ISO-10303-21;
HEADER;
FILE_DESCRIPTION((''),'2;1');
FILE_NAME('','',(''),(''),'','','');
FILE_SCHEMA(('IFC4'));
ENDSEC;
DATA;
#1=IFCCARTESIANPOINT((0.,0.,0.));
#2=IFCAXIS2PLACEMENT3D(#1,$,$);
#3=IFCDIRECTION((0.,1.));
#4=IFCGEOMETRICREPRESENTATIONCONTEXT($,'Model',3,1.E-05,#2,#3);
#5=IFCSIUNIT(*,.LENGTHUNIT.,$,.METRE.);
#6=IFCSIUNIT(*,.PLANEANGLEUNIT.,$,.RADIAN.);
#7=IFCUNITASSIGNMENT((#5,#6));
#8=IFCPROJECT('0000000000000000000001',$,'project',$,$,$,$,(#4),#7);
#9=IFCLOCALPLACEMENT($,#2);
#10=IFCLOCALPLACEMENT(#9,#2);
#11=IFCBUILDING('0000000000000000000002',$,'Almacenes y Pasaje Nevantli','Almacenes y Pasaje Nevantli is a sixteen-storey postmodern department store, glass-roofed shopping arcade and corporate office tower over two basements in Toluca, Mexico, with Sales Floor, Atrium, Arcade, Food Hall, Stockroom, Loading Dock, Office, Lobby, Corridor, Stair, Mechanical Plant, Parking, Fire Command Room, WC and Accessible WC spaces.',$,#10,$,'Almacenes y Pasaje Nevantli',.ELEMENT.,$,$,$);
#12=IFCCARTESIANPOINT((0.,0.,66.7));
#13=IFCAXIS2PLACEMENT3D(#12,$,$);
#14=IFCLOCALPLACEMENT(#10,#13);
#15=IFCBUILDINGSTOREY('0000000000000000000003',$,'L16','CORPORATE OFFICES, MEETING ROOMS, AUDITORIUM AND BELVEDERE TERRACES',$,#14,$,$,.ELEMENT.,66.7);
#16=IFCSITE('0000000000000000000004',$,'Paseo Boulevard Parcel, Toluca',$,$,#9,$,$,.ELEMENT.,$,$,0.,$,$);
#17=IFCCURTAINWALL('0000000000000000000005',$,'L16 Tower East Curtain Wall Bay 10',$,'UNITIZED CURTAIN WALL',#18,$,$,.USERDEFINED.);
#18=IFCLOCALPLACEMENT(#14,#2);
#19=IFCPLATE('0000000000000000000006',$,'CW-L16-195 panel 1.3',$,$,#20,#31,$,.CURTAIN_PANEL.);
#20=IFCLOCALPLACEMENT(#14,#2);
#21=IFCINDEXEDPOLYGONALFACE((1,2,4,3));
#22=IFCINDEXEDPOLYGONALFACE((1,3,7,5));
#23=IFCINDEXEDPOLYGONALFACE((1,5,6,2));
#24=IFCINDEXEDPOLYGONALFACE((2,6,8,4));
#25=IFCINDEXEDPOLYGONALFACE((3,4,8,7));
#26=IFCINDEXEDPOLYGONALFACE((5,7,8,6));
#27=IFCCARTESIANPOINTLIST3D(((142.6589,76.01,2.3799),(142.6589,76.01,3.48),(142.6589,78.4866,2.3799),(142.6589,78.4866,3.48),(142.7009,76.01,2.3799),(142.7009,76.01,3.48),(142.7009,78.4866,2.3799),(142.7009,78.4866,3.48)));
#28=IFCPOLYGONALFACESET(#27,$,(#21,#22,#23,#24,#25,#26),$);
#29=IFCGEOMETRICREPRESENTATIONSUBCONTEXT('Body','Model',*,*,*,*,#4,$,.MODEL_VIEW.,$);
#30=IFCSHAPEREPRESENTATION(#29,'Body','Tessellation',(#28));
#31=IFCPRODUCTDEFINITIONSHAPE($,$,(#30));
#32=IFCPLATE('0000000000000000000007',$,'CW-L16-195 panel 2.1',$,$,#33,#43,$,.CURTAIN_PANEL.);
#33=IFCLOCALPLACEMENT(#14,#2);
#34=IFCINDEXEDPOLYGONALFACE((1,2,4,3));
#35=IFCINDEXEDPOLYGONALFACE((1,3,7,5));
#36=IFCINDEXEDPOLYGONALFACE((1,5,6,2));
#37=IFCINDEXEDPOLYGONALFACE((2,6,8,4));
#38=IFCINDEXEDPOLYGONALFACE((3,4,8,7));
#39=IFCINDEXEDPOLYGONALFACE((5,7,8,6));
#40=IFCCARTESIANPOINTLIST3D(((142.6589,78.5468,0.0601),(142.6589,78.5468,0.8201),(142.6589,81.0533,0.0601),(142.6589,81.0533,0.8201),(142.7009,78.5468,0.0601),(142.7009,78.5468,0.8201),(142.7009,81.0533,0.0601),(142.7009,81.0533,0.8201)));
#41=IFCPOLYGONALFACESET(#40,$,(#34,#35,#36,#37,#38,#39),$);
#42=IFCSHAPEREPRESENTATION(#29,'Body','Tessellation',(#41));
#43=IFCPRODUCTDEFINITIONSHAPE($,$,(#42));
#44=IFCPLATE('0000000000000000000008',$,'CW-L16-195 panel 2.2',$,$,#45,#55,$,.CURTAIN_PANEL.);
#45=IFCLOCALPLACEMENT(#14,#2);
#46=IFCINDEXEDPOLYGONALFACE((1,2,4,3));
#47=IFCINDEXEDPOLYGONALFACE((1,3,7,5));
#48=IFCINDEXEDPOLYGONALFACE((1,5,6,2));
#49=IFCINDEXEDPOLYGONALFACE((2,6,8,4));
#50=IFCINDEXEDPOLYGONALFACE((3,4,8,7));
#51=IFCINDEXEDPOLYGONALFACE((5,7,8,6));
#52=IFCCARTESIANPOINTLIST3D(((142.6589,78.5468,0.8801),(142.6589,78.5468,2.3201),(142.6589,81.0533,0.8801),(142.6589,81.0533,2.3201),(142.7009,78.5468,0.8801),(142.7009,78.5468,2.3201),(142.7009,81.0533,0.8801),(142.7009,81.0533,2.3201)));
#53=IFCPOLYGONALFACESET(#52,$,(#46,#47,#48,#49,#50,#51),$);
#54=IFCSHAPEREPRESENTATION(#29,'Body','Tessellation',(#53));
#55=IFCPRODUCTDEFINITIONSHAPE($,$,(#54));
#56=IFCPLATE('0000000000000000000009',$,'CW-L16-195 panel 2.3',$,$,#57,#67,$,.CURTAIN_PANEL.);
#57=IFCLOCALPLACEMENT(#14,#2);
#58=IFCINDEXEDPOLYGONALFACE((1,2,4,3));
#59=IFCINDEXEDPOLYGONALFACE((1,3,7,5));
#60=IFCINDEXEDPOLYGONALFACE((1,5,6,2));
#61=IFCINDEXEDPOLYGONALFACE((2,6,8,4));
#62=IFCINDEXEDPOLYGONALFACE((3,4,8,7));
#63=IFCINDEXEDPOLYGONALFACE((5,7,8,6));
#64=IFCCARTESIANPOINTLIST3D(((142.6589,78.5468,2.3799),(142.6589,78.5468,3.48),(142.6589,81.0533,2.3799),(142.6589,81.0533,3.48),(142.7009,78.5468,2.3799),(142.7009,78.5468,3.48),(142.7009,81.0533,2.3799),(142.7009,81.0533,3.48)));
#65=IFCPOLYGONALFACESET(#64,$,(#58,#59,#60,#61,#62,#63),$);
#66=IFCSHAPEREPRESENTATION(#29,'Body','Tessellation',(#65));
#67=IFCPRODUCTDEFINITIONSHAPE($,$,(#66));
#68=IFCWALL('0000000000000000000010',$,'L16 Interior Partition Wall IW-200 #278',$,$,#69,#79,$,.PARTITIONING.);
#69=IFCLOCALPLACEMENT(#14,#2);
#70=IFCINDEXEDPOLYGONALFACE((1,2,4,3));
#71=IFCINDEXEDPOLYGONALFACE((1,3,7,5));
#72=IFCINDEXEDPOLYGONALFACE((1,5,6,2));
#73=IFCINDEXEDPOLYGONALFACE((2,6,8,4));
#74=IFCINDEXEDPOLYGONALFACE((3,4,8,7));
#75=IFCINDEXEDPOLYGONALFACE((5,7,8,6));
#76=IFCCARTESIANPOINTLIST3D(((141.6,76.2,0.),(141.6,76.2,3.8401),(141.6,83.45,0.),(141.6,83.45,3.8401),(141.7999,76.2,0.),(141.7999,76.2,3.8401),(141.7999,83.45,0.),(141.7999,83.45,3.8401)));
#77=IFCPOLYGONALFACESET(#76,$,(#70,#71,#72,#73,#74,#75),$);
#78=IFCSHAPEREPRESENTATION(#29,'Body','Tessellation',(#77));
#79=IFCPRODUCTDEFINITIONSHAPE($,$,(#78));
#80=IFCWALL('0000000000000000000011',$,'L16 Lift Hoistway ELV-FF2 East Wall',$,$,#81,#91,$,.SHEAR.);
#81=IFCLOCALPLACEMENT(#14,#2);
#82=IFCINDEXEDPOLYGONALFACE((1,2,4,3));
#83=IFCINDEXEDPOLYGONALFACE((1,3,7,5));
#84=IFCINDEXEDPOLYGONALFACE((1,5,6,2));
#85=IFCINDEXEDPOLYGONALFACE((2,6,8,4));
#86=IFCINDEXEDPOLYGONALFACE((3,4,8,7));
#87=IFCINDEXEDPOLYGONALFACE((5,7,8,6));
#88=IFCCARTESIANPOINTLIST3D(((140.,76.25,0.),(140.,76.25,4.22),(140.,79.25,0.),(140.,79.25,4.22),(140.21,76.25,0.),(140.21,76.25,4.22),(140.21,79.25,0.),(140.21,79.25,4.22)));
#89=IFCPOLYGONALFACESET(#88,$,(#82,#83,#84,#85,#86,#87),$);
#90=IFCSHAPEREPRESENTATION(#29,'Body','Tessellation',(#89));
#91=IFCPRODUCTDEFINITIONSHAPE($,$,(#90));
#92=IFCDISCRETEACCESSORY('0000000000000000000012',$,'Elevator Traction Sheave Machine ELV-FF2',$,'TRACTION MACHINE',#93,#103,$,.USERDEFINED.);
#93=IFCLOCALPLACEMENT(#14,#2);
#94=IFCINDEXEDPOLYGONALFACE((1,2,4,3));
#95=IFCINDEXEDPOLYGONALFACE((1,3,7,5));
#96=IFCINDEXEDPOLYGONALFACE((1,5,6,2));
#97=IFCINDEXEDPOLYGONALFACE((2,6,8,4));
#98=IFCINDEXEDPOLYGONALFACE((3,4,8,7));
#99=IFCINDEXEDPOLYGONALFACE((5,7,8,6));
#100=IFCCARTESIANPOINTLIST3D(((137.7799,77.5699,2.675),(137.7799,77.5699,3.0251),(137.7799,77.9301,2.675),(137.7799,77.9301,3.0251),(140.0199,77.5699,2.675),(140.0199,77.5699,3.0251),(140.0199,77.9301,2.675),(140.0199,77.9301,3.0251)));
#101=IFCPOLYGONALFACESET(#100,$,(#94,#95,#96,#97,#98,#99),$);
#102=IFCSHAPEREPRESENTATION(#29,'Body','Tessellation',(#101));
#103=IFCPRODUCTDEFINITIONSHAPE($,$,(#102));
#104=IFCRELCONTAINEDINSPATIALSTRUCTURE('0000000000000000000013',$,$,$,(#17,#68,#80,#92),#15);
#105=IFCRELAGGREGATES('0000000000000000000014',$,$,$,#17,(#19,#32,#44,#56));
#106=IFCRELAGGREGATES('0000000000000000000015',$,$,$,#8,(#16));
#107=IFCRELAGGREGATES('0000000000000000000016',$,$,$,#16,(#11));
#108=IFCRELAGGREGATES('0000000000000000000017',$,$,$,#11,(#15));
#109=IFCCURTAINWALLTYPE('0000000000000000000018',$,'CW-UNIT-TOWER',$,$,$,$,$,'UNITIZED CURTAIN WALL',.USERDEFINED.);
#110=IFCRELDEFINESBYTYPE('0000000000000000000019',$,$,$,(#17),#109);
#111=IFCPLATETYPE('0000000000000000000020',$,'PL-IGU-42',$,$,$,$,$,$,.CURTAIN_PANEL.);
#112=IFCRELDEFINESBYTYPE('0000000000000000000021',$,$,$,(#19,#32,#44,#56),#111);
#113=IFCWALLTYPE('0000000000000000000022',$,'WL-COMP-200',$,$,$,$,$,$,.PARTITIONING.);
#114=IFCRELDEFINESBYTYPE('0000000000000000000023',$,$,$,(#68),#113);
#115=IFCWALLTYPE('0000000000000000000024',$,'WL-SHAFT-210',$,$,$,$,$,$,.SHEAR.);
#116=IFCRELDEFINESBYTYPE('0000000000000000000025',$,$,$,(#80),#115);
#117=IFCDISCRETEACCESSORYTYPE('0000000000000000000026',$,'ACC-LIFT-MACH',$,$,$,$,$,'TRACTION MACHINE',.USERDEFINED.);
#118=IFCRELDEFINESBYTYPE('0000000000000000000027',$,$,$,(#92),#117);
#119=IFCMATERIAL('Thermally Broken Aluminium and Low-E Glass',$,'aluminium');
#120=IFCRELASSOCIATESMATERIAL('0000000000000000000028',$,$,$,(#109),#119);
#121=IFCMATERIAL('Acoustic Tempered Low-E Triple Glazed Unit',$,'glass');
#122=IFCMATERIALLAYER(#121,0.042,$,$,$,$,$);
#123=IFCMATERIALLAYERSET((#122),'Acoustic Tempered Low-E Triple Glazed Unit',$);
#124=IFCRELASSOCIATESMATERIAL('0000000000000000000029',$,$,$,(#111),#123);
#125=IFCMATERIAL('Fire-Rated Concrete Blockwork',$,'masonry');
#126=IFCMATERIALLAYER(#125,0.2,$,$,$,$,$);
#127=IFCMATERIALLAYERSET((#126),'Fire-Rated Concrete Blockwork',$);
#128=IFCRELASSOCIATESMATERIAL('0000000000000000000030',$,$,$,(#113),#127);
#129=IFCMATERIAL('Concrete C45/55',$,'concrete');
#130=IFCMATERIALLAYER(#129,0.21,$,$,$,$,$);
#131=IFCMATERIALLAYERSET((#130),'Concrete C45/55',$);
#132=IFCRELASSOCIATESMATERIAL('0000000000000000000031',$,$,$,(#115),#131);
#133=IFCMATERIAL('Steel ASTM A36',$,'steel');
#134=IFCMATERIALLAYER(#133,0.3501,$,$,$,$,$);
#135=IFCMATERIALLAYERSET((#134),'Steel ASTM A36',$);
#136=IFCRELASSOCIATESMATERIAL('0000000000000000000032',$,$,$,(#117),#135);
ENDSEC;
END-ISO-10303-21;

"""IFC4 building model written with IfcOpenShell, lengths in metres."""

from ifc_helpers import new_model, si_unit, direction, frame, frame_2d, origin, origin_2d, place, context, subcontext, project, spatial, rectangle, extrude, material, layer, layer_set, type_object, element, aggregate, save


model = new_model("IFC4")

# Units and contexts
model_context = context("Model", 3, precision=1e-05, world=origin(), true_north=direction((0.0, 1.0)))
body_context = subcontext(model_context, "Body", "Model", "MODEL_VIEW")
ifc_project = project(units=[si_unit("LENGTHUNIT", "METRE"), si_unit("PLANEANGLEUNIT", "RADIAN")], contexts=[model_context])

# Site, building, storey
site_placement = place(None, origin())
site = spatial("IfcSite", under=ifc_project, at=site_placement, Name="Paseo Boulevard Parcel, Toluca", CompositionType="ELEMENT", RefElevation=0.0)
building_placement = place(site_placement, origin())
building = spatial("IfcBuilding", under=site, at=building_placement, Name="Almacenes y Pasaje Nevantli", Description="Almacenes y Pasaje Nevantli is a sixteen-storey postmodern department store, glass-roofed shopping arcade and corporate office tower over two basements in Toluca, Mexico, with Sales Floor, Atrium, Arcade, Food Hall, Stockroom, Loading Dock, Office, Lobby, Corridor, Stair, Mechanical Plant, Parking, Fire Command Room, WC and Accessible WC spaces.", LongName="Almacenes y Pasaje Nevantli", CompositionType="ELEMENT")
storey_placement = place(building_placement, frame((0.0, 0.0, 66.7)))
storey = spatial("IfcBuildingStorey", under=building, at=storey_placement, Name="L16", Description="CORPORATE OFFICES, MEETING ROOMS, AUDITORIUM AND BELVEDERE TERRACES", CompositionType="ELEMENT", Elevation=66.7)

# Curtain wall, plates
ifc_material_1 = material(Name="Thermally Broken Aluminium and Low-E Glass", Category="aluminium")
curtain_wall_type = type_object("IfcCurtainWallType", Name="CW-UNIT-TOWER", ElementType="UNITIZED CURTAIN WALL", PredefinedType="USERDEFINED", material=ifc_material_1)
curtain_wall_placement = place(storey_placement, origin())
curtain_wall = element("IfcCurtainWall", 1, at=curtain_wall_placement, inside=storey, type_object=curtain_wall_type, Name="L16 Tower East Curtain Wall Bay 10", ObjectType="UNITIZED CURTAIN WALL", PredefinedType="USERDEFINED")
ifc_material_2 = material(Name="Acoustic Tempered Low-E Triple Glazed Unit", Category="glass")
ifc_layer_1 = layer(ifc_material_2, 0.042)
ifc_layer_set_1 = layer_set([ifc_layer_1], Name="Acoustic Tempered Low-E Triple Glazed Unit")
plate_type = type_object("IfcPlateType", Name="PL-IGU-42", PredefinedType="CURTAIN_PANEL", material=ifc_layer_set_1)
plate_1_placement = place(storey_placement, frame((142.6799, 77.2483, 2.3799), z_axis=(0.0, 0.0, 1.0), x_axis=(0.0, 1.0, 0.0)))
plate_1 = element("IfcPlate", 2, at=plate_1_placement, type_object=plate_type, Name="CW-L16-195 panel 1.3", PredefinedType="CURTAIN_PANEL", context=body_context, shape_type="SweptSolid", body=[
    extrude(rectangle(XDim=2.4766, YDim=0.042, at=origin_2d()), origin(), (0.0, 0.0, 1.0), 1.1001),
])
plate_2_placement = place(storey_placement, frame((142.6799, 79.8, 0.0601), z_axis=(0.0, 0.0, 1.0), x_axis=(0.0, 1.0, 0.0)))
plate_2 = element("IfcPlate", 3, at=plate_2_placement, type_object=plate_type, Name="CW-L16-195 panel 2.1", PredefinedType="CURTAIN_PANEL", context=body_context, shape_type="SweptSolid", body=[
    extrude(rectangle(XDim=2.5066, YDim=0.042, at=origin_2d()), origin(), (0.0, 0.0, 1.0), 0.76),
])
plate_3_placement = place(storey_placement, frame((142.6799, 79.8, 0.8801), z_axis=(0.0, 0.0, 1.0), x_axis=(0.0, 1.0, 0.0)))
plate_3 = element("IfcPlate", 4, at=plate_3_placement, type_object=plate_type, Name="CW-L16-195 panel 2.2", PredefinedType="CURTAIN_PANEL", context=body_context, shape_type="SweptSolid", body=[
    extrude(rectangle(XDim=2.5066, YDim=0.042, at=origin_2d()), origin(), (0.0, 0.0, 1.0), 1.4399),
])
plate_4_placement = place(storey_placement, frame((142.6799, 79.8, 2.3799), z_axis=(0.0, 0.0, 1.0), x_axis=(0.0, 1.0, 0.0)))
plate_4 = element("IfcPlate", 5, at=plate_4_placement, type_object=plate_type, Name="CW-L16-195 panel 2.3", PredefinedType="CURTAIN_PANEL", context=body_context, shape_type="SweptSolid", body=[
    extrude(rectangle(XDim=2.5066, YDim=0.042, at=origin_2d()), origin(), (0.0, 0.0, 1.0), 1.1001),
])
aggregate(curtain_wall, [plate_1, plate_2, plate_3, plate_4])

# Walls
ifc_material_3 = material(Name="Fire-Rated Concrete Blockwork", Category="masonry")
ifc_layer_2 = layer(ifc_material_3, 0.2)
ifc_layer_set_2 = layer_set([ifc_layer_2], Name="Fire-Rated Concrete Blockwork")
wall_type_1 = type_object("IfcWallType", Name="WL-COMP-200", PredefinedType="PARTITIONING", material=ifc_layer_set_2)
wall_1_placement = place(storey_placement, frame((141.7, 76.2, 0.0), z_axis=(0.0, 0.0, 1.0), x_axis=(0.0, 1.0, 0.0)))
element("IfcWall", 6, at=wall_1_placement, inside=storey, type_object=wall_type_1, Name="L16 Interior Partition Wall IW-200 #278", PredefinedType="PARTITIONING", context=body_context, shape_type="SweptSolid", body=[
    extrude(rectangle(XDim=7.25, YDim=0.2, at=frame_2d((3.625, 0.0))), origin(), (0.0, 0.0, 1.0), 3.8401),
])
ifc_material_4 = material(Name="Concrete C45/55", Category="concrete")
ifc_layer_3 = layer(ifc_material_4, 0.21)
ifc_layer_set_3 = layer_set([ifc_layer_3], Name="Concrete C45/55")
wall_type_2 = type_object("IfcWallType", Name="WL-SHAFT-210", PredefinedType="SHEAR", material=ifc_layer_set_3)
wall_2_placement = place(storey_placement, frame((140.105, 76.25, 0.0), z_axis=(0.0, 0.0, 1.0), x_axis=(0.0, 1.0, 0.0)))
element("IfcWall", 7, at=wall_2_placement, inside=storey, type_object=wall_type_2, Name="L16 Lift Hoistway ELV-FF2 East Wall", PredefinedType="SHEAR", context=body_context, shape_type="SweptSolid", body=[
    extrude(rectangle(XDim=3.0, YDim=0.21, at=frame_2d((1.5, 0.0))), origin(), (0.0, 0.0, 1.0), 4.22),
])

# Discrete accessory
ifc_material_5 = material(Name="Steel ASTM A36", Category="steel")
ifc_layer_4 = layer(ifc_material_5, 0.3501)
ifc_layer_set_4 = layer_set([ifc_layer_4], Name="Steel ASTM A36")
discrete_accessory_type = type_object("IfcDiscreteAccessoryType", Name="ACC-LIFT-MACH", ElementType="TRACTION MACHINE", PredefinedType="USERDEFINED", material=ifc_layer_set_4)
discrete_accessory_placement = place(storey_placement, frame((138.8999, 77.75, 2.675), z_axis=(0.0, 0.0, 1.0), x_axis=(1.0, 0.0, 0.0)))
element("IfcDiscreteAccessory", 8, at=discrete_accessory_placement, inside=storey, type_object=discrete_accessory_type, Name="Elevator Traction Sheave Machine ELV-FF2", ObjectType="TRACTION MACHINE", PredefinedType="USERDEFINED", context=body_context, shape_type="SweptSolid", body=[
    extrude(rectangle(XDim=2.24, YDim=0.3601, at=origin_2d()), origin(), (0.0, 0.0, 1.0), 0.3501),
])

save(model, "model.ifc")
